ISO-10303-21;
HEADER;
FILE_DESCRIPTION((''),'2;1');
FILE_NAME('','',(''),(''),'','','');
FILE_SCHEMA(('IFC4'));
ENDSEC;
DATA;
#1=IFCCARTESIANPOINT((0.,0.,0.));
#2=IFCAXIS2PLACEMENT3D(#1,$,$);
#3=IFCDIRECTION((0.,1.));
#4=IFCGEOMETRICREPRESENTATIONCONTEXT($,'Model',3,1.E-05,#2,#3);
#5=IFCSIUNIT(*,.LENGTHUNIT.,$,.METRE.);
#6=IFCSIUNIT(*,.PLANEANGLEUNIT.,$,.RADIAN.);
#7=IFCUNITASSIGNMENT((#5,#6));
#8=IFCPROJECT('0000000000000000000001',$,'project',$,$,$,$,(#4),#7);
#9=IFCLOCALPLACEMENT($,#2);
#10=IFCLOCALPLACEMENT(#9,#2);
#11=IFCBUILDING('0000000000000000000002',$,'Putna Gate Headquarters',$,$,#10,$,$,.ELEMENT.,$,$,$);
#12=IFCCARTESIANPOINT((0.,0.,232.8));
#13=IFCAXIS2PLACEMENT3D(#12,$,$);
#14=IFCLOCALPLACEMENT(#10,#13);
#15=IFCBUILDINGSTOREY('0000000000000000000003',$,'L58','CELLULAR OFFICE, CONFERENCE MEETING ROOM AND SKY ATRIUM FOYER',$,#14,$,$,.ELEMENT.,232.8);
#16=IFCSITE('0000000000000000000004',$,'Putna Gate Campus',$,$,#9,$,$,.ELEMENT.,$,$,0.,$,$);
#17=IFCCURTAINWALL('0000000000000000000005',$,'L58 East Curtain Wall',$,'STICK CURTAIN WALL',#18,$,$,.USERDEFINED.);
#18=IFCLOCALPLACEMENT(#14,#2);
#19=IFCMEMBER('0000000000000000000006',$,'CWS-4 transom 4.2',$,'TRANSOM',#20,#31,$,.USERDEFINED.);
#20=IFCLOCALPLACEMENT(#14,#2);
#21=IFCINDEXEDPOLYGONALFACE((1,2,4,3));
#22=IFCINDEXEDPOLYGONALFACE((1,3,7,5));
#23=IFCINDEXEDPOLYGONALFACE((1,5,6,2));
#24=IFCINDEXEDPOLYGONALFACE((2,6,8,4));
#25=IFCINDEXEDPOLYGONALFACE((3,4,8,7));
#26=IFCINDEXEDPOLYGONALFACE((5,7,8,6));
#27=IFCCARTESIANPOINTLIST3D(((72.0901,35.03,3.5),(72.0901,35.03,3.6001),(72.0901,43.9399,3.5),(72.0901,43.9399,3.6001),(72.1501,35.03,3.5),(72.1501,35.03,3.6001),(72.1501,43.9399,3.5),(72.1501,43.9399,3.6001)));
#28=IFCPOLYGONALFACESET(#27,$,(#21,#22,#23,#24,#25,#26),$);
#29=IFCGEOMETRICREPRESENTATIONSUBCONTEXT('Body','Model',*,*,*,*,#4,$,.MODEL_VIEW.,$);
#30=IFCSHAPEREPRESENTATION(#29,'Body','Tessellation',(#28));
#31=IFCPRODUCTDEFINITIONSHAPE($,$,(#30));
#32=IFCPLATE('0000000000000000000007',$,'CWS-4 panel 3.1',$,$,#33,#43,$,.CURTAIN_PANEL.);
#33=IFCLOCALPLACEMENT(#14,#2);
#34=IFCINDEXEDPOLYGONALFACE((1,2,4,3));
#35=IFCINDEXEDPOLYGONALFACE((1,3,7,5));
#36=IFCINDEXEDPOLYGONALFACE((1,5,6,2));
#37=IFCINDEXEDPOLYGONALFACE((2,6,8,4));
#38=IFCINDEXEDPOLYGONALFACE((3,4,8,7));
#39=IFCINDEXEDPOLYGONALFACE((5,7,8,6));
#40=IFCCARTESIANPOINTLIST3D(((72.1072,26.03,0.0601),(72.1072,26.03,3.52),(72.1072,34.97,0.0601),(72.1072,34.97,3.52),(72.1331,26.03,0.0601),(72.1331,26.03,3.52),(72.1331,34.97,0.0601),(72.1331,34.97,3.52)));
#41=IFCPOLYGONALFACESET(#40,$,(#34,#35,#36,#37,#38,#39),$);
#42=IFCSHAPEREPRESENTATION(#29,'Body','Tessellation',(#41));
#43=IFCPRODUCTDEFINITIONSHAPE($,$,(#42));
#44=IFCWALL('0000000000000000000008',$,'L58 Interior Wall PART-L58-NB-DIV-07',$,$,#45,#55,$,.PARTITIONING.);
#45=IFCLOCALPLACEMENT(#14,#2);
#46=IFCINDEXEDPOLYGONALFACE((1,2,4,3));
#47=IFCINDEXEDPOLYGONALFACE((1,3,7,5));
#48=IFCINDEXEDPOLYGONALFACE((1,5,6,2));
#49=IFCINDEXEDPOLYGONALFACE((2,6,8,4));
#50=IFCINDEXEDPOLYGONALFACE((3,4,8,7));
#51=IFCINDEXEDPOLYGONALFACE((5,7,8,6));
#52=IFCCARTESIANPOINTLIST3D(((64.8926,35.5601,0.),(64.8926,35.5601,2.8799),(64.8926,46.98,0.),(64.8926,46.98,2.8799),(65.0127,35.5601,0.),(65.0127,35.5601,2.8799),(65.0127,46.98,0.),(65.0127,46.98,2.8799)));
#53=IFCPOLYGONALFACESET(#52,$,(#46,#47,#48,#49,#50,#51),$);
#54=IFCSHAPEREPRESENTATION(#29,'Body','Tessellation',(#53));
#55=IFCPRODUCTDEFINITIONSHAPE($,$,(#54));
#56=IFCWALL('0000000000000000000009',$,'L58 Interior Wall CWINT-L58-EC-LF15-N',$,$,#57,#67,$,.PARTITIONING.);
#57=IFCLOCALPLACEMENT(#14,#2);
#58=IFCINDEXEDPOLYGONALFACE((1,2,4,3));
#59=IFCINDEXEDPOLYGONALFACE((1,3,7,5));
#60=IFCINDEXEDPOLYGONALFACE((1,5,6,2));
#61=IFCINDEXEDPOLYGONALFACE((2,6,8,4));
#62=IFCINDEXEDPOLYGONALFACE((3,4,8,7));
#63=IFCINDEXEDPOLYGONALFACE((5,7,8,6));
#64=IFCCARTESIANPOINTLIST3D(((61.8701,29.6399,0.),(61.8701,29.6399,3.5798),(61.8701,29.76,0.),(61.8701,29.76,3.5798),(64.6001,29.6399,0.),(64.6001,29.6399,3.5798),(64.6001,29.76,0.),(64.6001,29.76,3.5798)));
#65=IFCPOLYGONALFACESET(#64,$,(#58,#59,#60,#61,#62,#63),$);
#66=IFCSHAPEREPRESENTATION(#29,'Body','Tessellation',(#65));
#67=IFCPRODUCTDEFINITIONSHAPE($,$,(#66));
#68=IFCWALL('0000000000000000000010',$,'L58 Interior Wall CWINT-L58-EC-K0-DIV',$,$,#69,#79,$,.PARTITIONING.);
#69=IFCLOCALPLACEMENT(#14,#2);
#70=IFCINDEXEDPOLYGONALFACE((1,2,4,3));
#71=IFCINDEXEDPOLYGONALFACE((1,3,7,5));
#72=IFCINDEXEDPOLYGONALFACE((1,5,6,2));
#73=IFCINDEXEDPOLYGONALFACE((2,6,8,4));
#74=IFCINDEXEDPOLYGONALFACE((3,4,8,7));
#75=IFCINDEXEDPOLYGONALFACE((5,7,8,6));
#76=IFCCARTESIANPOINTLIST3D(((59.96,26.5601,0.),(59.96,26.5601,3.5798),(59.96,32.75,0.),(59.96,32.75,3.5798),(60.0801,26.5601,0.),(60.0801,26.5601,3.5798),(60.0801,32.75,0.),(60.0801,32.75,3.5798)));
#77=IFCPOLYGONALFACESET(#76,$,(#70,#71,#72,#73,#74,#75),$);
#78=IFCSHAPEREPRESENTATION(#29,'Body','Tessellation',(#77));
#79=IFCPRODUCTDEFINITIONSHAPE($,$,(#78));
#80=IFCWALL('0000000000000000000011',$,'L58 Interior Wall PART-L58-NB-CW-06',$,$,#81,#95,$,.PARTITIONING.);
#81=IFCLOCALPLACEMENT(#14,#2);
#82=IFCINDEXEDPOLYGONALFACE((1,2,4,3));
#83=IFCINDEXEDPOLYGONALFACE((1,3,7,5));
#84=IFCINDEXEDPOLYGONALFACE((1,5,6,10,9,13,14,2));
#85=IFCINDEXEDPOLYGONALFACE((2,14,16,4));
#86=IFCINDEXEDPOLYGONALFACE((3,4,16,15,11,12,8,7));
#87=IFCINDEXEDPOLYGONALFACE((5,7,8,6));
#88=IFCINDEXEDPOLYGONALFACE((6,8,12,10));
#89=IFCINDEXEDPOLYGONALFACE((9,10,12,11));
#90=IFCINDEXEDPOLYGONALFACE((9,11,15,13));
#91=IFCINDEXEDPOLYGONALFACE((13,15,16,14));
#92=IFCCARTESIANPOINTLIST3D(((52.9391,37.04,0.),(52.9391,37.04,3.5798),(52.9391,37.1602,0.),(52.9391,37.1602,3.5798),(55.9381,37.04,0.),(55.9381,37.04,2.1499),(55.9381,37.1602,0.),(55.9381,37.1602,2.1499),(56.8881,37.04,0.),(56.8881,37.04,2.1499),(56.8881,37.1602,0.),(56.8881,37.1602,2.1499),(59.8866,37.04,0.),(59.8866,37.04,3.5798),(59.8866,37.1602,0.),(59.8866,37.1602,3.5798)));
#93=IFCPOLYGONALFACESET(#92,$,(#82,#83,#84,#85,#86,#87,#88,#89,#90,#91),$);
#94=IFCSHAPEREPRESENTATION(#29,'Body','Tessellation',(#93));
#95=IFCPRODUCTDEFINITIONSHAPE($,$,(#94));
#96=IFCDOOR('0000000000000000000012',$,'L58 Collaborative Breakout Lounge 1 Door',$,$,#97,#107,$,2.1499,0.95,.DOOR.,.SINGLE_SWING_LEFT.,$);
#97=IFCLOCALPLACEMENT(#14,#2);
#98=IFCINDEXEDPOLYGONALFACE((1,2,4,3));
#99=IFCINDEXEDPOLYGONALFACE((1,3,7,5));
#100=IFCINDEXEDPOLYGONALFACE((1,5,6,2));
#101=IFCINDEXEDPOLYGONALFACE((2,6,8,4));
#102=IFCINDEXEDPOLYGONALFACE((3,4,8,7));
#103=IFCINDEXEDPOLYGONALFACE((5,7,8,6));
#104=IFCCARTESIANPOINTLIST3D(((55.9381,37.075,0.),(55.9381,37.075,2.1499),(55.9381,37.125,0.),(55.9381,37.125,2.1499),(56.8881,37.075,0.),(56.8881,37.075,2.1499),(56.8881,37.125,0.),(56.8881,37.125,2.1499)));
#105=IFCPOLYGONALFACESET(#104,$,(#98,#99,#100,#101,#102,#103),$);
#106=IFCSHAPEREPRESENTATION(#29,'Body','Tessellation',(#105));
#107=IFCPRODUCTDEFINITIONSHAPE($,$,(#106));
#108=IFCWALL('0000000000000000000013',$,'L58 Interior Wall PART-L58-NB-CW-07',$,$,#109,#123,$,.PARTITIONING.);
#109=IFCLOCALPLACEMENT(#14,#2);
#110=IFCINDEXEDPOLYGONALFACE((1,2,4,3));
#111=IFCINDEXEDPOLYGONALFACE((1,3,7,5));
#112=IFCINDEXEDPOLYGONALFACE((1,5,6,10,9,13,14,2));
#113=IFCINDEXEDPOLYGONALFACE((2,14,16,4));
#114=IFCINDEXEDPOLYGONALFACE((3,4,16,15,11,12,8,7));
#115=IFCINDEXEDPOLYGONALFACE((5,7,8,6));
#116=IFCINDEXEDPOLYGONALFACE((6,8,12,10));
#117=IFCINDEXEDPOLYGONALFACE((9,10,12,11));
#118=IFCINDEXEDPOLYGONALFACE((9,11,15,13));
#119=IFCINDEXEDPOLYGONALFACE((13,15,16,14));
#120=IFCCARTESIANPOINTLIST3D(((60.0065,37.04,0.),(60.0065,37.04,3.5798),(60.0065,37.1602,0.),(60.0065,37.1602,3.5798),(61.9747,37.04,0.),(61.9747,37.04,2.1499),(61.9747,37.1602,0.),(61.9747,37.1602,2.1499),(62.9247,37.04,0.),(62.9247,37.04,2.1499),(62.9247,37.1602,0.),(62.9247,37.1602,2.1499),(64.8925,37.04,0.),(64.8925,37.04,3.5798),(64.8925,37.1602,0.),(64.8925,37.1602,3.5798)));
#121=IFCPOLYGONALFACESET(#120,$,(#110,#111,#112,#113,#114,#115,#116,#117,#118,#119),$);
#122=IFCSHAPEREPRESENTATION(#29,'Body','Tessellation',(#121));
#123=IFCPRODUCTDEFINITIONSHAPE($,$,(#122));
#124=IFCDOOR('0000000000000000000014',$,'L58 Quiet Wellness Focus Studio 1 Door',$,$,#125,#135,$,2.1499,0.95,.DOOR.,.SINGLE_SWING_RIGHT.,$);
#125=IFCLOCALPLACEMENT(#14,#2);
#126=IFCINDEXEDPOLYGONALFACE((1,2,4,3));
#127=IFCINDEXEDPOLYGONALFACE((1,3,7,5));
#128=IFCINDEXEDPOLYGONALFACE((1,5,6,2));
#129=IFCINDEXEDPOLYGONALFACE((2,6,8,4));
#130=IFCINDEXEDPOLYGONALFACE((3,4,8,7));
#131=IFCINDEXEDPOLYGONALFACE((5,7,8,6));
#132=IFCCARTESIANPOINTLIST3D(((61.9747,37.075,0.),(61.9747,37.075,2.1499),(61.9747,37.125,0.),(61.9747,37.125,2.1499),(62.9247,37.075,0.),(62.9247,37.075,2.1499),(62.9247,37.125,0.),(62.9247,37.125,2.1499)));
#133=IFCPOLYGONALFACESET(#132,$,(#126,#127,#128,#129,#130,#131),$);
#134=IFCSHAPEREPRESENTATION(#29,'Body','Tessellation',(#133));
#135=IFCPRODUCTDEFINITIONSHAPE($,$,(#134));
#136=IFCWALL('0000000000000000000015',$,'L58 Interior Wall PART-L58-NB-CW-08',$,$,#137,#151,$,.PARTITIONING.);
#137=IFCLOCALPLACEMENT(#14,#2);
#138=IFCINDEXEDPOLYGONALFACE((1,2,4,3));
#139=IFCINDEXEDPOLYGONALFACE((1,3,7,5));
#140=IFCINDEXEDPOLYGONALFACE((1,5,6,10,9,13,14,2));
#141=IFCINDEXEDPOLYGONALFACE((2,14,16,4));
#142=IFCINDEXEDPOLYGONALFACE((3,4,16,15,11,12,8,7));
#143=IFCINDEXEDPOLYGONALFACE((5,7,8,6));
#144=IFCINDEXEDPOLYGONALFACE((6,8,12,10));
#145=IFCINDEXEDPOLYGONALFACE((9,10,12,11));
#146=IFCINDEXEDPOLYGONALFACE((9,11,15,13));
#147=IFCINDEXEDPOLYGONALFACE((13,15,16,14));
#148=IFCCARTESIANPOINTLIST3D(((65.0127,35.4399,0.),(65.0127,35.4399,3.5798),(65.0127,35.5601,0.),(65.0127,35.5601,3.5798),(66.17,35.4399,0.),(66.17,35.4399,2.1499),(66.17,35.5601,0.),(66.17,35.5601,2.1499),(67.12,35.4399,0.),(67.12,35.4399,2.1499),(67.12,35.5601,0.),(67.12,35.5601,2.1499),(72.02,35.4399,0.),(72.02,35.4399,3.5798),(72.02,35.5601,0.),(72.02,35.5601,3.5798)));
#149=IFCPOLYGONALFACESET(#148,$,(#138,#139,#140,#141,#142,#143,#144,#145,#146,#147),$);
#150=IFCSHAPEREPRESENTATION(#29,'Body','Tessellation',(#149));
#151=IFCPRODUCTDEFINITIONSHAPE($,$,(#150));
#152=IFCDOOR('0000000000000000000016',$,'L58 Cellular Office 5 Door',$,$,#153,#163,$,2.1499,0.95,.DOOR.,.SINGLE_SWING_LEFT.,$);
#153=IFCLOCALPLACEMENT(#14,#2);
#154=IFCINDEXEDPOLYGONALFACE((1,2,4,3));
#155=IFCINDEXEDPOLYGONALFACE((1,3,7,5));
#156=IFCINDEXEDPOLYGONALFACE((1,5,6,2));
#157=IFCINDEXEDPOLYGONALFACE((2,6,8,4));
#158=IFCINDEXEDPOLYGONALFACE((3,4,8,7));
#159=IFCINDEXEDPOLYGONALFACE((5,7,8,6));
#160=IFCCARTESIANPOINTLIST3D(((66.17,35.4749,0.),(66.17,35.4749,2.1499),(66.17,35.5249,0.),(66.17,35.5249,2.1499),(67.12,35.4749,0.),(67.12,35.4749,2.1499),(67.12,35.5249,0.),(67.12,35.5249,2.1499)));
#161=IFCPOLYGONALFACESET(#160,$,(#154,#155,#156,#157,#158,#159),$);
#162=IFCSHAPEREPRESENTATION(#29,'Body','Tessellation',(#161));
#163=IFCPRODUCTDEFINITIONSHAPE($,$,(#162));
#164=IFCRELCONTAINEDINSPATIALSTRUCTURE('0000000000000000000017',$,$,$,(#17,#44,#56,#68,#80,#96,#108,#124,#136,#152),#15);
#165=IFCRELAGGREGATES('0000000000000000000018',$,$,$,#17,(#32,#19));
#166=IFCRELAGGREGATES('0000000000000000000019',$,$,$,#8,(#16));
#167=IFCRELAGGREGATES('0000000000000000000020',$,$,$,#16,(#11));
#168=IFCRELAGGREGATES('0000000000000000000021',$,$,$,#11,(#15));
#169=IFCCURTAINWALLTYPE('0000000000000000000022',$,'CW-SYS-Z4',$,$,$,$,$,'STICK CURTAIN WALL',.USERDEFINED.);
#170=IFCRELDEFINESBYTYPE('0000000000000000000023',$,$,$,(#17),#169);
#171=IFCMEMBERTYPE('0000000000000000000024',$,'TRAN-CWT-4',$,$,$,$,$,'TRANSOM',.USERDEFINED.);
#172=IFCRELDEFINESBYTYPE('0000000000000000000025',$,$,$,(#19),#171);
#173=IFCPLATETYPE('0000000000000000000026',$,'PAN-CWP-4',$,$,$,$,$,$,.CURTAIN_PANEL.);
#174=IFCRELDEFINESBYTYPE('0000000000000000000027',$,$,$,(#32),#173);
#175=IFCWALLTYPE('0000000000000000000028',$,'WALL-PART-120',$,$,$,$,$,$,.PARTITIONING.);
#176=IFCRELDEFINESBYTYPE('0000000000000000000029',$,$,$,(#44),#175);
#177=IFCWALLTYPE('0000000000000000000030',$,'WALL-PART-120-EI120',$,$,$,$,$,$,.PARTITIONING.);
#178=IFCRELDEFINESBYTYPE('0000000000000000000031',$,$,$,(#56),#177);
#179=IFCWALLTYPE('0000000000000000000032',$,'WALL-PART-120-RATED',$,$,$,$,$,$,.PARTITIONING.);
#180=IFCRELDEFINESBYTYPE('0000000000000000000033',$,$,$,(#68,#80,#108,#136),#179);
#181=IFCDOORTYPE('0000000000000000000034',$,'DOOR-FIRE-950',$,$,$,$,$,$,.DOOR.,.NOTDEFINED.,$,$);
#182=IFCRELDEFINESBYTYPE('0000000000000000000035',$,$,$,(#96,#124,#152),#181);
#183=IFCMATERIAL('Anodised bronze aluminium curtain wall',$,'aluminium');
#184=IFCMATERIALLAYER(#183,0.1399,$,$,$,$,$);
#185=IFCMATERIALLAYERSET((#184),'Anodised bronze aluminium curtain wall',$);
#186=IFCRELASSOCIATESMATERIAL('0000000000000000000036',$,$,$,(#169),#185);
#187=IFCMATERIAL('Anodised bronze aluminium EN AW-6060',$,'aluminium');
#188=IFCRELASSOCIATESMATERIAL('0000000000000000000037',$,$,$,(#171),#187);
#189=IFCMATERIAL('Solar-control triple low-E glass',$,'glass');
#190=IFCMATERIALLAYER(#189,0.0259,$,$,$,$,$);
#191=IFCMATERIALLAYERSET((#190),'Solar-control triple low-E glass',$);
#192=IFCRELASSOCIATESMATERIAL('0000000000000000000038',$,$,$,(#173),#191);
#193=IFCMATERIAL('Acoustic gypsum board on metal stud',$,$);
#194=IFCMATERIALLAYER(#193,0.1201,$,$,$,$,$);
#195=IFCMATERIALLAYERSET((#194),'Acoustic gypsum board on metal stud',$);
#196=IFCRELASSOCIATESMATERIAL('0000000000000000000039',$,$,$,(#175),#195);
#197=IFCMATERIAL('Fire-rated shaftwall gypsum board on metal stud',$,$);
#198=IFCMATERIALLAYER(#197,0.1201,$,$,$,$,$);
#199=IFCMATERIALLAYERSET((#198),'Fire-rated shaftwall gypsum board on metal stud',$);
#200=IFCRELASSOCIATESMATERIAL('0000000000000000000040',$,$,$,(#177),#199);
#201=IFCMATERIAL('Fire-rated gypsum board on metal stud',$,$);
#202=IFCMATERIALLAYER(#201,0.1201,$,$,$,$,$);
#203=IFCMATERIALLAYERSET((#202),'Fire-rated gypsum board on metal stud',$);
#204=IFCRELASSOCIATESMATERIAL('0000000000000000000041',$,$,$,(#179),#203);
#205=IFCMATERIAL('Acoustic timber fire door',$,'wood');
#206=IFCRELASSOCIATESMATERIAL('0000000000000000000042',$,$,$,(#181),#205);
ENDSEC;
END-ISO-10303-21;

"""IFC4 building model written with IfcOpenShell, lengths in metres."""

from ifc_helpers import new_model, si_unit, direction, frame, frame_2d, origin, origin_2d, place, context, subcontext, project, spatial, rectangle, extrude, material, layer, layer_set, material_profile, profile_set, type_object, element, fill, aggregate, save


model = new_model("IFC4")

# Units and contexts
model_context = context("Model", 3, precision=1e-05, world=origin(), true_north=direction((0.0, 1.0)))
body_context = subcontext(model_context, "Body", "Model", "MODEL_VIEW")
ifc_project = project(units=[si_unit("LENGTHUNIT", "METRE"), si_unit("PLANEANGLEUNIT", "RADIAN")], contexts=[model_context])

# Site, building, storey
site_placement = place(None, origin())
site = spatial("IfcSite", under=ifc_project, at=site_placement, Name="Putna Gate Campus", CompositionType="ELEMENT", RefElevation=0.0)
building_placement = place(site_placement, origin())
building = spatial("IfcBuilding", under=site, at=building_placement, Name="Putna Gate Headquarters", CompositionType="ELEMENT")
storey_placement = place(building_placement, frame((0.0, 0.0, 232.8)))
storey = spatial("IfcBuildingStorey", under=building, at=storey_placement, Name="L58", Description="CELLULAR OFFICE, CONFERENCE MEETING ROOM AND SKY ATRIUM FOYER", CompositionType="ELEMENT", Elevation=232.8)

# Curtain wall, member, plate
ifc_material_1 = material(Name="Anodised bronze aluminium curtain wall", Category="aluminium")
ifc_layer_1 = layer(ifc_material_1, 0.1399)
ifc_layer_set_1 = layer_set([ifc_layer_1], Name="Anodised bronze aluminium curtain wall")
curtain_wall_type = type_object("IfcCurtainWallType", Name="CW-SYS-Z4", ElementType="STICK CURTAIN WALL", PredefinedType="USERDEFINED", material=ifc_layer_set_1)
curtain_wall_placement = place(storey_placement, origin())
curtain_wall = element("IfcCurtainWall", 1, at=curtain_wall_placement, inside=storey, type_object=curtain_wall_type, Name="L58 East Curtain Wall", ObjectType="STICK CURTAIN WALL", PredefinedType="USERDEFINED")
ifc_material_2 = material(Name="Anodised bronze aluminium EN AW-6060", Category="aluminium")
ifc_material_profile_1 = material_profile(ifc_material_2, rectangle(XDim=0.0601, YDim=0.1001, at=origin_2d()), Name="Anodised bronze aluminium EN AW-6060")
ifc_profile_set_1 = profile_set([ifc_material_profile_1], Name="Anodised bronze aluminium EN AW-6060")
member_type_1 = type_object("IfcMemberType", Name="TRAN-CWT-4", ElementType="TRANSOM", PredefinedType="USERDEFINED", material=ifc_profile_set_1)
member_1_placement = place(storey_placement, frame((72.1201, 35.03, 3.55), z_axis=(0.0, 1.0, 0.0), x_axis=(-1.0, 0.0, 0.0)))
member_1 = element("IfcMember", 2, at=member_1_placement, type_object=member_type_1, Name="CWS-4 transom 4.2", ObjectType="TRANSOM", PredefinedType="USERDEFINED", context=body_context, shape_type="SweptSolid", body=[
    extrude(rectangle(XDim=0.0601, YDim=0.1001, at=origin_2d()), origin(), (0.0, 0.0, 1.0), 8.9099),
])
ifc_material_3 = material(Name="Solar-control triple low-E glass", Category="glass")
ifc_layer_2 = layer(ifc_material_3, 0.0259)
ifc_layer_set_2 = layer_set([ifc_layer_2], Name="Solar-control triple low-E glass")
plate_type = type_object("IfcPlateType", Name="PAN-CWP-4", PredefinedType="CURTAIN_PANEL", material=ifc_layer_set_2)
plate_placement = place(storey_placement, frame((72.1201, 30.5, 0.0601), z_axis=(0.0, 0.0, 1.0), x_axis=(0.0, 1.0, 0.0)))
plate = element("IfcPlate", 3, at=plate_placement, type_object=plate_type, Name="CWS-4 panel 3.1", PredefinedType="CURTAIN_PANEL", context=body_context, shape_type="SweptSolid", body=[
    extrude(rectangle(XDim=8.9399, YDim=0.0259, at=origin_2d()), origin(), (0.0, 0.0, 1.0), 3.46),
])
aggregate(curtain_wall, [plate, member_1])

# Walls
ifc_material_4 = material(Name="Acoustic gypsum board on metal stud")
ifc_layer_3 = layer(ifc_material_4, 0.1201)
ifc_layer_set_3 = layer_set([ifc_layer_3], Name="Acoustic gypsum board on metal stud")
wall_type_1 = type_object("IfcWallType", Name="WALL-PART-120", PredefinedType="PARTITIONING", material=ifc_layer_set_3)
wall_1_placement = place(storey_placement, frame((64.9526, 35.5601, 0.0), z_axis=(0.0, 0.0, 1.0), x_axis=(0.0, 1.0, 0.0)))
element("IfcWall", 4, at=wall_1_placement, inside=storey, type_object=wall_type_1, Name="L58 Interior Wall PART-L58-NB-DIV-07", PredefinedType="PARTITIONING", context=body_context, shape_type="SweptSolid", body=[
    extrude(rectangle(XDim=11.4199, YDim=0.1201, at=frame_2d((5.71, 0.0))), origin(), (0.0, 0.0, 1.0), 2.8799),
])
ifc_material_5 = material(Name="Fire-rated shaftwall gypsum board on metal stud")
ifc_layer_4 = layer(ifc_material_5, 0.1201)
ifc_layer_set_4 = layer_set([ifc_layer_4], Name="Fire-rated shaftwall gypsum board on metal stud")
wall_type_2 = type_object("IfcWallType", Name="WALL-PART-120-EI120", PredefinedType="PARTITIONING", material=ifc_layer_set_4)
wall_2_placement = place(storey_placement, frame((61.8701, 29.7, 0.0), z_axis=(0.0, 0.0, 1.0), x_axis=(1.0, 0.0, 0.0)))
element("IfcWall", 5, at=wall_2_placement, inside=storey, type_object=wall_type_2, Name="L58 Interior Wall CWINT-L58-EC-LF15-N", PredefinedType="PARTITIONING", context=body_context, shape_type="SweptSolid", body=[
    extrude(rectangle(XDim=2.73, YDim=0.1201, at=frame_2d((1.365, 0.0))), origin(), (0.0, 0.0, 1.0), 3.5798),
])
ifc_material_6 = material(Name="Fire-rated gypsum board on metal stud")
ifc_layer_5 = layer(ifc_material_6, 0.1201)
ifc_layer_set_5 = layer_set([ifc_layer_5], Name="Fire-rated gypsum board on metal stud")
wall_type_3 = type_object("IfcWallType", Name="WALL-PART-120-RATED", PredefinedType="PARTITIONING", material=ifc_layer_set_5)
wall_3_placement = place(storey_placement, frame((60.02, 26.5601, 0.0), z_axis=(0.0, 0.0, 1.0), x_axis=(0.0, 1.0, 0.0)))
element("IfcWall", 6, at=wall_3_placement, inside=storey, type_object=wall_type_3, Name="L58 Interior Wall CWINT-L58-EC-K0-DIV", PredefinedType="PARTITIONING", context=body_context, shape_type="SweptSolid", body=[
    extrude(rectangle(XDim=6.1899, YDim=0.1201, at=frame_2d((3.095, 0.0))), origin(), (0.0, 0.0, 1.0), 3.5798),
])

# Walls, openings, doors
wall_4_placement = place(storey_placement, frame((52.9392, 37.1001, 0.0), z_axis=(0.0, 0.0, 1.0), x_axis=(1.0, 0.0, 0.0)))
wall_4 = element("IfcWall", 7, at=wall_4_placement, inside=storey, type_object=wall_type_3, Name="L58 Interior Wall PART-L58-NB-CW-06", PredefinedType="PARTITIONING", context=body_context, shape_type="SweptSolid", body=[
    extrude(rectangle(XDim=6.9475, YDim=0.1201, at=frame_2d((3.4736, 0.0))), origin(), (0.0, 0.0, 1.0), 3.5798),
])
opening_1_placement = place(wall_4_placement, frame((2.9988, 0.0, 0.0)))
opening_1 = element("IfcOpeningElement", 8, at=opening_1_placement, cuts=wall_4, PredefinedType="OPENING", context=body_context, shape_type="SweptSolid", body=[
    extrude(rectangle(XDim=0.95, YDim=2.1499, at=frame_2d((0.4751, 1.075))), frame((0.0, 0.0701, 0.0), z_axis=(0.0, -1.0, 0.0), x_axis=(1.0, 0.0, 0.0)), (0.0, 0.0, 1.0), 0.1401),
])
ifc_material_7 = material(Name="Acoustic timber fire door", Category="wood")
door_type_1 = type_object("IfcDoorType", Name="DOOR-FIRE-950", OperationType="NOTDEFINED", PredefinedType="DOOR", material=ifc_material_7)
door_1_placement = place(opening_1_placement, origin())
door_1 = element("IfcDoor", 9, at=door_1_placement, inside=storey, type_object=door_type_1, Name="L58 Collaborative Breakout Lounge 1 Door", OperationType="SINGLE_SWING_LEFT", OverallHeight=2.1499, OverallWidth=0.95, PredefinedType="DOOR", context=body_context, shape_type="SweptSolid", body=[
    extrude(rectangle(XDim=0.95, YDim=2.1499, at=frame_2d((0.4751, 1.075))), frame((0.0, 0.0249, 0.0), z_axis=(0.0, -1.0, 0.0), x_axis=(1.0, 0.0, 0.0)), (0.0, 0.0, 1.0), 0.05),
])
fill(opening_1, door_1)
wall_5_placement = place(storey_placement, frame((60.0066, 37.1001, 0.0), z_axis=(0.0, 0.0, 1.0), x_axis=(1.0, 0.0, 0.0)))
wall_5 = element("IfcWall", 10, at=wall_5_placement, inside=storey, type_object=wall_type_3, Name="L58 Interior Wall PART-L58-NB-CW-07", PredefinedType="PARTITIONING", context=body_context, shape_type="SweptSolid", body=[
    extrude(rectangle(XDim=4.886, YDim=0.1201, at=frame_2d((2.4429, 0.0))), origin(), (0.0, 0.0, 1.0), 3.5798),
])
opening_2_placement = place(wall_5_placement, frame((1.968, 0.0, 0.0)))
opening_2 = element("IfcOpeningElement", 11, at=opening_2_placement, cuts=wall_5, PredefinedType="OPENING", context=body_context, shape_type="SweptSolid", body=[
    extrude(rectangle(XDim=0.95, YDim=2.1499, at=frame_2d((0.4751, 1.075))), frame((0.0, 0.0701, 0.0), z_axis=(0.0, -1.0, 0.0), x_axis=(1.0, 0.0, 0.0)), (0.0, 0.0, 1.0), 0.1401),
])
door_2_placement = place(opening_2_placement, origin())
door_2 = element("IfcDoor", 12, at=door_2_placement, inside=storey, type_object=door_type_1, Name="L58 Quiet Wellness Focus Studio 1 Door", OperationType="SINGLE_SWING_RIGHT", OverallHeight=2.1499, OverallWidth=0.95, PredefinedType="DOOR", context=body_context, shape_type="SweptSolid", body=[
    extrude(rectangle(XDim=0.95, YDim=2.1499, at=frame_2d((0.4751, 1.075))), frame((0.0, 0.0249, 0.0), z_axis=(0.0, -1.0, 0.0), x_axis=(1.0, 0.0, 0.0)), (0.0, 0.0, 1.0), 0.05),
])
fill(opening_2, door_2)
wall_6_placement = place(storey_placement, frame((65.0127, 35.5, 0.0), z_axis=(0.0, 0.0, 1.0), x_axis=(1.0, 0.0, 0.0)))
wall_6 = element("IfcWall", 13, at=wall_6_placement, inside=storey, type_object=wall_type_3, Name="L58 Interior Wall PART-L58-NB-CW-08", PredefinedType="PARTITIONING", context=body_context, shape_type="SweptSolid", body=[
    extrude(rectangle(XDim=7.0073, YDim=0.1201, at=frame_2d((3.5037, 0.0))), origin(), (0.0, 0.0, 1.0), 3.5798),
])
opening_3_placement = place(wall_6_placement, frame((1.1572, 0.0, 0.0)))
opening_3 = element("IfcOpeningElement", 14, at=opening_3_placement, cuts=wall_6, PredefinedType="OPENING", context=body_context, shape_type="SweptSolid", body=[
    extrude(rectangle(XDim=0.95, YDim=2.1499, at=frame_2d((0.4751, 1.075))), frame((0.0, 0.0701, 0.0), z_axis=(0.0, -1.0, 0.0), x_axis=(1.0, 0.0, 0.0)), (0.0, 0.0, 1.0), 0.1401),
])
door_3_placement = place(opening_3_placement, origin())
door_3 = element("IfcDoor", 15, at=door_3_placement, inside=storey, type_object=door_type_1, Name="L58 Cellular Office 5 Door", OperationType="SINGLE_SWING_LEFT", OverallHeight=2.1499, OverallWidth=0.95, PredefinedType="DOOR", context=body_context, shape_type="SweptSolid", body=[
    extrude(rectangle(XDim=0.95, YDim=2.1499, at=frame_2d((0.4751, 1.075))), frame((0.0, 0.0249, 0.0), z_axis=(0.0, -1.0, 0.0), x_axis=(1.0, 0.0, 0.0)), (0.0, 0.0, 1.0), 0.05),
])
fill(opening_3, door_3)

save(model, "model.ifc")
